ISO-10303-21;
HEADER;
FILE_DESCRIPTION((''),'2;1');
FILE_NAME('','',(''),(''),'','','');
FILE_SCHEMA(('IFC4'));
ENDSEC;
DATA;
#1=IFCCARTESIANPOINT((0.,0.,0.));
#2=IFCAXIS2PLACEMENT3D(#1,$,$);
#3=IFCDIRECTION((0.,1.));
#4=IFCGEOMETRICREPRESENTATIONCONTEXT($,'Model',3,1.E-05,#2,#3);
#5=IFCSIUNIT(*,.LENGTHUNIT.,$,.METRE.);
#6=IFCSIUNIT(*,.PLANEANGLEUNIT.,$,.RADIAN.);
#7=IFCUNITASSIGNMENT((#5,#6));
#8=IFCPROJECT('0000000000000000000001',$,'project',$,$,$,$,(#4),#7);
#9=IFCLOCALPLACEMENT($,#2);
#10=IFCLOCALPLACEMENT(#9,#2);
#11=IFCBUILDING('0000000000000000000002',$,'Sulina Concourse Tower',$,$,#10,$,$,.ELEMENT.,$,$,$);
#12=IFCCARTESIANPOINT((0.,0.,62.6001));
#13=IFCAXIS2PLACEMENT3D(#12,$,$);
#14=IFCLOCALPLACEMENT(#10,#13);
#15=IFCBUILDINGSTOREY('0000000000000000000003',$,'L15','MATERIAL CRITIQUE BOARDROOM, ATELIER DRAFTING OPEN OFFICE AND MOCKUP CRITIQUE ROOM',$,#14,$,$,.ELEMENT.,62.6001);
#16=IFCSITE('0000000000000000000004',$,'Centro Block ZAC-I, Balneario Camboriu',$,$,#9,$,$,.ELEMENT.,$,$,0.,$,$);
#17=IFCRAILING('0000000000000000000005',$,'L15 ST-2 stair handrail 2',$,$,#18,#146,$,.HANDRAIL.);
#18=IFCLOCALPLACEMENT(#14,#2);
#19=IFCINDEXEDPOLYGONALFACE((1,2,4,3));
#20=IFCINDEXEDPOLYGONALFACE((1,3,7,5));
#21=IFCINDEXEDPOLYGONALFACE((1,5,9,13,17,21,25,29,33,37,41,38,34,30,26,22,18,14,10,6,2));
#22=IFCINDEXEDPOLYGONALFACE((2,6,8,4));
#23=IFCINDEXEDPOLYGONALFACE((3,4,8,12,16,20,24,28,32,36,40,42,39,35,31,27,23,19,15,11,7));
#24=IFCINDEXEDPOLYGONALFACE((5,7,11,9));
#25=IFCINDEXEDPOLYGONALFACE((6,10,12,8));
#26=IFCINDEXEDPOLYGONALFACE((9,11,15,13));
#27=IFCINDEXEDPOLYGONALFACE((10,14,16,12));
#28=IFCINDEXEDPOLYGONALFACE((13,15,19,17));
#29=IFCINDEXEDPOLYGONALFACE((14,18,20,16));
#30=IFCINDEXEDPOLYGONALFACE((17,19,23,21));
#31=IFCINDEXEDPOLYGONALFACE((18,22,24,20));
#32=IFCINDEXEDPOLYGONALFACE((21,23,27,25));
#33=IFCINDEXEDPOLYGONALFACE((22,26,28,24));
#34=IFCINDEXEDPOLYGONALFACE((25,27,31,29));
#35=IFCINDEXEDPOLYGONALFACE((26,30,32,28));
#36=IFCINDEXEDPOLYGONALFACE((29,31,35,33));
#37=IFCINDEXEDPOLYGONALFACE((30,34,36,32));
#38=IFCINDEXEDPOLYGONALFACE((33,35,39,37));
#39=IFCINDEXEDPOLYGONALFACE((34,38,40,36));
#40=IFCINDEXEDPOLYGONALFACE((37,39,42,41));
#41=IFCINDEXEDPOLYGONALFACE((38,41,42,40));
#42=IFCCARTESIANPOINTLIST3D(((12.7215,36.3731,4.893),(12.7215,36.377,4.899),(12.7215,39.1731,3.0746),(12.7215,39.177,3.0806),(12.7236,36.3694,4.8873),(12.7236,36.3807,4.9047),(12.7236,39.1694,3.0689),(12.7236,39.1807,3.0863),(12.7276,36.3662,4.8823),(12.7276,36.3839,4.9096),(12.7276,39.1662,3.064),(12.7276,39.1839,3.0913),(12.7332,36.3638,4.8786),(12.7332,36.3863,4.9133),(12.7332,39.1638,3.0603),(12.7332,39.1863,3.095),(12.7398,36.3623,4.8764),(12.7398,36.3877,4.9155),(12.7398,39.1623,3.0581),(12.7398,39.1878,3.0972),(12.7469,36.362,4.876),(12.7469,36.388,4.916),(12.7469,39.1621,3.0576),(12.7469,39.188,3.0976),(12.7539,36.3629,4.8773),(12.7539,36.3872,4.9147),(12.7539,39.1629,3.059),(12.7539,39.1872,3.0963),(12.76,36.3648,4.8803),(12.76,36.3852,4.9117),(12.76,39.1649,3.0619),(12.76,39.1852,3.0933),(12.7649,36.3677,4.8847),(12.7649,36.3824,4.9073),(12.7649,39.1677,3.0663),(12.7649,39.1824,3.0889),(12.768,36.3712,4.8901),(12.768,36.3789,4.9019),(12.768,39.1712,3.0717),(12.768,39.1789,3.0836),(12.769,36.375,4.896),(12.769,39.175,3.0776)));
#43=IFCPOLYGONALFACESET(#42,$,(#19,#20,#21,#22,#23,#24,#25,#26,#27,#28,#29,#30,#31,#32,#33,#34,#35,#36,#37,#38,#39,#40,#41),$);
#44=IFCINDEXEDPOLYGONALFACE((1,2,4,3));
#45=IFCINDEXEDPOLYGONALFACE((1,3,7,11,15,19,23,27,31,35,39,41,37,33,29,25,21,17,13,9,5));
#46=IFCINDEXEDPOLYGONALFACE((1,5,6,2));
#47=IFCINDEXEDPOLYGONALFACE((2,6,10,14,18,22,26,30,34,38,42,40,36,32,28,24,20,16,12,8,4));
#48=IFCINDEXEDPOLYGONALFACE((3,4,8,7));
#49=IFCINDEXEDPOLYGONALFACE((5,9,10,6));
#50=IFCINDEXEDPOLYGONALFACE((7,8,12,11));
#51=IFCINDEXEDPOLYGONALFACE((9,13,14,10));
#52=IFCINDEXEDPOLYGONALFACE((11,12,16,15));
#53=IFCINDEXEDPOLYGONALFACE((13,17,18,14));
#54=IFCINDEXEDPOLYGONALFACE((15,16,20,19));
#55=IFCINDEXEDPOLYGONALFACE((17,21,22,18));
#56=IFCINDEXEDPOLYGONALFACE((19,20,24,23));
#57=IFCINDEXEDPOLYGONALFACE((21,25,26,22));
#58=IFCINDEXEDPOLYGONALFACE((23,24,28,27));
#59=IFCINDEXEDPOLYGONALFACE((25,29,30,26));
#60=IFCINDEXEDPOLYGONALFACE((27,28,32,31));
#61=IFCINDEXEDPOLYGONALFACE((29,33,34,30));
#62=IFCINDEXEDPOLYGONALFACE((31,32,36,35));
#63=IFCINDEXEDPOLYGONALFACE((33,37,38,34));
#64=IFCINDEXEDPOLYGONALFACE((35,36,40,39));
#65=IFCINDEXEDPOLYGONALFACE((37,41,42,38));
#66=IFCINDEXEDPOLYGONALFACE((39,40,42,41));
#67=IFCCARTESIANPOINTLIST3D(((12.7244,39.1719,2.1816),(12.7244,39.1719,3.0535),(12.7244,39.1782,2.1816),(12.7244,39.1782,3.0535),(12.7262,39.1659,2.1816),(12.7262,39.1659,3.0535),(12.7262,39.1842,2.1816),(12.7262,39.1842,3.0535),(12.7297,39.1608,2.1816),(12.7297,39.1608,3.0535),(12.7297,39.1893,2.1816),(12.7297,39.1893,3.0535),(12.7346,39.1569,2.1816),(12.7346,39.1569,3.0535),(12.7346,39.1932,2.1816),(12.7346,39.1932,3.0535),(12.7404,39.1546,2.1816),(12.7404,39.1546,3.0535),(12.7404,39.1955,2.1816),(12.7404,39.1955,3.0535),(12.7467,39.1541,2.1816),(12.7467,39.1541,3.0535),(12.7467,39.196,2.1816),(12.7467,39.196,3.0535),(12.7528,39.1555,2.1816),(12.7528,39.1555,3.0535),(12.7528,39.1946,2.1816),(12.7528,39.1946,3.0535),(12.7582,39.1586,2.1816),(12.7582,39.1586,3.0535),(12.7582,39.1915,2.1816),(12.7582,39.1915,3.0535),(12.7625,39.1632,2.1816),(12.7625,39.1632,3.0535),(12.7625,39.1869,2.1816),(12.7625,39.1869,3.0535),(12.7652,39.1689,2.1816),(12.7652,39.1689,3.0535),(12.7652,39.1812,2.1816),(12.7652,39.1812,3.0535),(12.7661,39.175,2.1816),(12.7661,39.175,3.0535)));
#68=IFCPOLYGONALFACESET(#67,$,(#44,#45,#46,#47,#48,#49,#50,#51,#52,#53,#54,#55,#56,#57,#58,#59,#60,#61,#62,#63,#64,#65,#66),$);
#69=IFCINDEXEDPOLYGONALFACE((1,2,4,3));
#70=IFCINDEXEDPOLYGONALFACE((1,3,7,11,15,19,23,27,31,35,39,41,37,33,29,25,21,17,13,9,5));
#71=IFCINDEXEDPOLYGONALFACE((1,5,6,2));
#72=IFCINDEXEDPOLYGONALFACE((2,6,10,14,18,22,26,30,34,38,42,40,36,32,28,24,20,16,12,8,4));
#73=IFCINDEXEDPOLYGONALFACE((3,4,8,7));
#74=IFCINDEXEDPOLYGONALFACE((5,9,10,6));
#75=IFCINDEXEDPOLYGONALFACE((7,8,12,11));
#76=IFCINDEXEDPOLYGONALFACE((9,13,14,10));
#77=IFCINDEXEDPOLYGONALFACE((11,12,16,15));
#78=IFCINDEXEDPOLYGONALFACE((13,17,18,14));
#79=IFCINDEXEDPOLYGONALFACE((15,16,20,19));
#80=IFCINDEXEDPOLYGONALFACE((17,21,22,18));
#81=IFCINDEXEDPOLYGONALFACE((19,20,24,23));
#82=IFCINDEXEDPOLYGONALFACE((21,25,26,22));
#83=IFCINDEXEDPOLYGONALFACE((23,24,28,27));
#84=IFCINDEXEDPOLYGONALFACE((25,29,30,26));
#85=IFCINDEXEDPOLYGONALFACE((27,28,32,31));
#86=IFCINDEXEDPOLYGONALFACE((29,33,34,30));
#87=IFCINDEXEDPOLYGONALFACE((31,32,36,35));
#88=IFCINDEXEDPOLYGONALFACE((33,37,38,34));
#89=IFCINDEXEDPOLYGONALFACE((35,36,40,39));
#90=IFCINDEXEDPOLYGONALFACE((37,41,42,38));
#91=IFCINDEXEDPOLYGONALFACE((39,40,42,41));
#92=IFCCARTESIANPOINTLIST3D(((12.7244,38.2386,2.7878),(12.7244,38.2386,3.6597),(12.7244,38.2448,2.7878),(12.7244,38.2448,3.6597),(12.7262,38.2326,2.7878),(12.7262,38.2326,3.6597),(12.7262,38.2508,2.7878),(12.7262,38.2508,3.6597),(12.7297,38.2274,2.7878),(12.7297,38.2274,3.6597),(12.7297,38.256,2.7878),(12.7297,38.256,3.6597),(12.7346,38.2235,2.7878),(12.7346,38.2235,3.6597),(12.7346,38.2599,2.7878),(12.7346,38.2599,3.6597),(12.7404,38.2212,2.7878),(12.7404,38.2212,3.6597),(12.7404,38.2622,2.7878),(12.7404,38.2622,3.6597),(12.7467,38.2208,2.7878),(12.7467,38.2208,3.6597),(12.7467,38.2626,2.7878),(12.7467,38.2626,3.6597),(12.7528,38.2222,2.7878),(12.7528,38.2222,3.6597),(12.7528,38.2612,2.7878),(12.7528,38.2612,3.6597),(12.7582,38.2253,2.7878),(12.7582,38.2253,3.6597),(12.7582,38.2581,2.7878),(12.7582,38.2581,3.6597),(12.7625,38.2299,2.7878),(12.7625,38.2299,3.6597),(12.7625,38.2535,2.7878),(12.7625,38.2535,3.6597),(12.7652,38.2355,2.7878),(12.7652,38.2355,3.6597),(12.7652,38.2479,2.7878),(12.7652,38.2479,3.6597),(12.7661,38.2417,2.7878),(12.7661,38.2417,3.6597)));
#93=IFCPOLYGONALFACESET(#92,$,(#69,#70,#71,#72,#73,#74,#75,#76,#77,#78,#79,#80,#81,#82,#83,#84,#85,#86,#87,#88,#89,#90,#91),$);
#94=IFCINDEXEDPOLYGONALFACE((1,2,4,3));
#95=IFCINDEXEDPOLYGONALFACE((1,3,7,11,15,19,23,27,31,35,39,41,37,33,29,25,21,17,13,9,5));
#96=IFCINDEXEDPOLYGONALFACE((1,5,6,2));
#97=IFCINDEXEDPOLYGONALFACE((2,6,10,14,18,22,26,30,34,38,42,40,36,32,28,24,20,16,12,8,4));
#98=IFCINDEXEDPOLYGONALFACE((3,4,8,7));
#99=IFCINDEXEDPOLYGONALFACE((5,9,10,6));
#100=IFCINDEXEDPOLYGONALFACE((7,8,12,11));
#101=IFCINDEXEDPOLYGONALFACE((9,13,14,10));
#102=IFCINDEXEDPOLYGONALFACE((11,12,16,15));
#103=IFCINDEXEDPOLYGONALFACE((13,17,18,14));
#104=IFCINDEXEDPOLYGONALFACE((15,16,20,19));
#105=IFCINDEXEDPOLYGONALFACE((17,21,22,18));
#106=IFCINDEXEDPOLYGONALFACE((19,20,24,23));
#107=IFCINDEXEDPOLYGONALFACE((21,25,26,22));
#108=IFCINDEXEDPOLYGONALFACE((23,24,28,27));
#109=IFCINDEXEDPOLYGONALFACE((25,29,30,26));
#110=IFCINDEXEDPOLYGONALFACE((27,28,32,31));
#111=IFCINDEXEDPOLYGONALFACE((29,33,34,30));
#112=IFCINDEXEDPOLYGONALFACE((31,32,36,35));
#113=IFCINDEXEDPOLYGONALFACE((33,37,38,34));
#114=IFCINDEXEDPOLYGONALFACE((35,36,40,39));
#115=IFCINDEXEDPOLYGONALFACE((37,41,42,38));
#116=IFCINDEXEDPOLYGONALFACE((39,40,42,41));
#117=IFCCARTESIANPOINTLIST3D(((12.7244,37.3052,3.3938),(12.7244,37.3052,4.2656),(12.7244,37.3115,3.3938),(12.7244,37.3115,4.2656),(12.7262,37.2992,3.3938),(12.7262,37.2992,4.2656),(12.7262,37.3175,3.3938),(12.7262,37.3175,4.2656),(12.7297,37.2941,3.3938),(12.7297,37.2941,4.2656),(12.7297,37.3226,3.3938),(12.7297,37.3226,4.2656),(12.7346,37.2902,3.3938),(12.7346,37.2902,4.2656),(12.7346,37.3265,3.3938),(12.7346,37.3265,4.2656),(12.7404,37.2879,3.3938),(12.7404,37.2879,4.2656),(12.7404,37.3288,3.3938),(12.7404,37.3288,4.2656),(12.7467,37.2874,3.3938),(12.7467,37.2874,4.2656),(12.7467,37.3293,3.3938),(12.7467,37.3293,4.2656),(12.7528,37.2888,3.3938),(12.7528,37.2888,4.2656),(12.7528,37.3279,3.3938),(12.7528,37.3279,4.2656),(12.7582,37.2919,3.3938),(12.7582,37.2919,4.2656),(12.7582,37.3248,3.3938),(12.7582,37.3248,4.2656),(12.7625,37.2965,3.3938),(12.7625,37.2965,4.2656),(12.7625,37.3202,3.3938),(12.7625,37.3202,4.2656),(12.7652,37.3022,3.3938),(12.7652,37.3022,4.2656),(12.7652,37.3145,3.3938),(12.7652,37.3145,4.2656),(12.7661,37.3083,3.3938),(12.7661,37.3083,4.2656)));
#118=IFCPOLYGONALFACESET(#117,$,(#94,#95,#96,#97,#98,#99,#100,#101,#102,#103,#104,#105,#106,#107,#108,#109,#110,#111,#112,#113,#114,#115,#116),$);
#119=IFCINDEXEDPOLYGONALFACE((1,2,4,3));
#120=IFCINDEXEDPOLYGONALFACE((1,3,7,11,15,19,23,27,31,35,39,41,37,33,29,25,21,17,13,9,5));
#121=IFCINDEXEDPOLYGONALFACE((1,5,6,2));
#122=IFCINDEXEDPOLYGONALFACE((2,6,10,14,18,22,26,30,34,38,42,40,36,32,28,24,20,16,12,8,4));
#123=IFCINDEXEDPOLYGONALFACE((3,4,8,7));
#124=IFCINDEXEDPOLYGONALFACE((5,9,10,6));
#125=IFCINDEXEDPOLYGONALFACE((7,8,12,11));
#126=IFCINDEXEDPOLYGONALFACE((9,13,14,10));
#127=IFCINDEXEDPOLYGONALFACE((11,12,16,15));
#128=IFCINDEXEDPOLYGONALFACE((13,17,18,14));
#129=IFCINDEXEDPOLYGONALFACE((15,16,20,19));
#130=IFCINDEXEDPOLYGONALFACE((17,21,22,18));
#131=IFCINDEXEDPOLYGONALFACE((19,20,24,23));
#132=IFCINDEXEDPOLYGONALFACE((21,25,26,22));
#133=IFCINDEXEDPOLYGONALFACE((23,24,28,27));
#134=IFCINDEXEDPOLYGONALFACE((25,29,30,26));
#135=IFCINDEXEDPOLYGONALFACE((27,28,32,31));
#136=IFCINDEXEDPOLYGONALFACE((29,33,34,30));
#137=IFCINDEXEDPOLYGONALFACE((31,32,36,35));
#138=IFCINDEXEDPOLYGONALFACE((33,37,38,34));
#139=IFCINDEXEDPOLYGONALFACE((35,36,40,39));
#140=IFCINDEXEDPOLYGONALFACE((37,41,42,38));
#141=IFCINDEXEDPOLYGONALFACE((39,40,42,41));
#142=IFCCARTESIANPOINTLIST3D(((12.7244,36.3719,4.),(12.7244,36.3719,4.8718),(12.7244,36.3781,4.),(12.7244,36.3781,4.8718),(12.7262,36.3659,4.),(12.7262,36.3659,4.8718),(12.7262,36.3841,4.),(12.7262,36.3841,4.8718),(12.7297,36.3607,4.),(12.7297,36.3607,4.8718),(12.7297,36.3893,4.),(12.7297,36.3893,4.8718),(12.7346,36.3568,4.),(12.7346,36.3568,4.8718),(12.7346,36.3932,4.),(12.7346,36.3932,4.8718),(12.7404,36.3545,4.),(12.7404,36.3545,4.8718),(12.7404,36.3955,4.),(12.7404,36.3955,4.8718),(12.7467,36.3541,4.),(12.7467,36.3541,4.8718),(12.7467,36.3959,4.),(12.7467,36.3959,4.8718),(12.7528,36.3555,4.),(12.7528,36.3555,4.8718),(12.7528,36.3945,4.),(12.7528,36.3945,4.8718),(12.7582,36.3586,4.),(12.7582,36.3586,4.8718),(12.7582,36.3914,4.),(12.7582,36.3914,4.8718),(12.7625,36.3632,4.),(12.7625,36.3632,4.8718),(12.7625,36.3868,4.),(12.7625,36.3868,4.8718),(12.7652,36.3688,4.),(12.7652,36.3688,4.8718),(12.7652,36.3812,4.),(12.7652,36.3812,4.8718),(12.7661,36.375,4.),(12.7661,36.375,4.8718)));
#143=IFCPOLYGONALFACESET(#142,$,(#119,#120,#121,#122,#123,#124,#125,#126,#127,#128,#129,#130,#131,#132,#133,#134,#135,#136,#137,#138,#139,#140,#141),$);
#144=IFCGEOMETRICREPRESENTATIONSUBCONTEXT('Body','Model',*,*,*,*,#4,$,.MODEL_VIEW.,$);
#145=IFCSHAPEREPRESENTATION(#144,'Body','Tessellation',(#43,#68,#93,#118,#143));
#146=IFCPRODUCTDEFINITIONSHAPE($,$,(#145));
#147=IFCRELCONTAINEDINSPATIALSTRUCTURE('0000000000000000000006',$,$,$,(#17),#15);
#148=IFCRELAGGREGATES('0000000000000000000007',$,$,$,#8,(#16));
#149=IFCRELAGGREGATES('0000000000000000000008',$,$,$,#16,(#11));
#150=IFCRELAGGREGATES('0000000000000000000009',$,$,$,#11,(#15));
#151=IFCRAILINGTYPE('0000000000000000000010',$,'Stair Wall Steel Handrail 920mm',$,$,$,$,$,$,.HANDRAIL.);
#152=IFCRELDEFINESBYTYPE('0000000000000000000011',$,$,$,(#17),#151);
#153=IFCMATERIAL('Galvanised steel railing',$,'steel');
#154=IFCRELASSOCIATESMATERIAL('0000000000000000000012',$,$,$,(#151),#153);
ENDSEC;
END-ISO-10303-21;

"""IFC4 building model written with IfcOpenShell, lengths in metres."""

from ifc_helpers import new_model, si_unit, direction, frame, origin, origin_2d, place, context, subcontext, project, spatial, circle, extrude, material, type_object, element, save


model = new_model("IFC4")

# Units and contexts
model_context = context("Model", 3, precision=1e-05, world=origin(), true_north=direction((0.0, 1.0)))
body_context = subcontext(model_context, "Body", "Model", "MODEL_VIEW")
ifc_project = project(units=[si_unit("LENGTHUNIT", "METRE"), si_unit("PLANEANGLEUNIT", "RADIAN")], contexts=[model_context])

# Site, building, storey
site_placement = place(None, origin())
site = spatial("IfcSite", under=ifc_project, at=site_placement, Name="Centro Block ZAC-I, Balneario Camboriu", CompositionType="ELEMENT", RefElevation=0.0)
building_placement = place(site_placement, origin())
building = spatial("IfcBuilding", under=site, at=building_placement, Name="Sulina Concourse Tower", CompositionType="ELEMENT")
storey_placement = place(building_placement, frame((0.0, 0.0, 62.6001)))
storey = spatial("IfcBuildingStorey", under=building, at=storey_placement, Name="L15", Description="MATERIAL CRITIQUE BOARDROOM, ATELIER DRAFTING OPEN OFFICE AND MOCKUP CRITIQUE ROOM", CompositionType="ELEMENT", Elevation=62.6001)

# Railing
ifc_material_1 = material(Name="Galvanised steel railing", Category="steel")
railing_type_1 = type_object("IfcRailingType", Name="Stair Wall Steel Handrail 920mm", PredefinedType="HANDRAIL", material=ifc_material_1)
railing_1_placement = place(storey_placement, frame((12.7451, 39.175, 2.1816)))
element("IfcRailing", 1, at=railing_1_placement, inside=storey, type_object=railing_type_1, Name="L15 ST-2 stair handrail 2", PredefinedType="HANDRAIL", context=body_context, shape_type="SweptSolid", body=[
    extrude(circle(Radius=0.0239, at=origin_2d()), frame((0.0, 0.0, 0.896), z_axis=(0.0, -0.838672, 0.544636), x_axis=(1.0, 0.0, 0.0)), (0.0, 0.0, 1.0), 3.3386),
    extrude(circle(Radius=0.021, at=origin_2d()), origin(), (0.0, 0.0, 1.0), 0.8718),
    extrude(circle(Radius=0.021, at=origin_2d()), frame((0.0, -0.9333, 0.6062)), (0.0, 0.0, 1.0), 0.8718),
    extrude(circle(Radius=0.021, at=origin_2d()), frame((0.0, -1.8667, 1.2122)), (0.0, 0.0, 1.0), 0.8718),
    extrude(circle(Radius=0.021, at=origin_2d()), frame((0.0, -2.8, 1.8184)), (0.0, 0.0, 1.0), 0.8718),
])

save(model, "model.ifc")
